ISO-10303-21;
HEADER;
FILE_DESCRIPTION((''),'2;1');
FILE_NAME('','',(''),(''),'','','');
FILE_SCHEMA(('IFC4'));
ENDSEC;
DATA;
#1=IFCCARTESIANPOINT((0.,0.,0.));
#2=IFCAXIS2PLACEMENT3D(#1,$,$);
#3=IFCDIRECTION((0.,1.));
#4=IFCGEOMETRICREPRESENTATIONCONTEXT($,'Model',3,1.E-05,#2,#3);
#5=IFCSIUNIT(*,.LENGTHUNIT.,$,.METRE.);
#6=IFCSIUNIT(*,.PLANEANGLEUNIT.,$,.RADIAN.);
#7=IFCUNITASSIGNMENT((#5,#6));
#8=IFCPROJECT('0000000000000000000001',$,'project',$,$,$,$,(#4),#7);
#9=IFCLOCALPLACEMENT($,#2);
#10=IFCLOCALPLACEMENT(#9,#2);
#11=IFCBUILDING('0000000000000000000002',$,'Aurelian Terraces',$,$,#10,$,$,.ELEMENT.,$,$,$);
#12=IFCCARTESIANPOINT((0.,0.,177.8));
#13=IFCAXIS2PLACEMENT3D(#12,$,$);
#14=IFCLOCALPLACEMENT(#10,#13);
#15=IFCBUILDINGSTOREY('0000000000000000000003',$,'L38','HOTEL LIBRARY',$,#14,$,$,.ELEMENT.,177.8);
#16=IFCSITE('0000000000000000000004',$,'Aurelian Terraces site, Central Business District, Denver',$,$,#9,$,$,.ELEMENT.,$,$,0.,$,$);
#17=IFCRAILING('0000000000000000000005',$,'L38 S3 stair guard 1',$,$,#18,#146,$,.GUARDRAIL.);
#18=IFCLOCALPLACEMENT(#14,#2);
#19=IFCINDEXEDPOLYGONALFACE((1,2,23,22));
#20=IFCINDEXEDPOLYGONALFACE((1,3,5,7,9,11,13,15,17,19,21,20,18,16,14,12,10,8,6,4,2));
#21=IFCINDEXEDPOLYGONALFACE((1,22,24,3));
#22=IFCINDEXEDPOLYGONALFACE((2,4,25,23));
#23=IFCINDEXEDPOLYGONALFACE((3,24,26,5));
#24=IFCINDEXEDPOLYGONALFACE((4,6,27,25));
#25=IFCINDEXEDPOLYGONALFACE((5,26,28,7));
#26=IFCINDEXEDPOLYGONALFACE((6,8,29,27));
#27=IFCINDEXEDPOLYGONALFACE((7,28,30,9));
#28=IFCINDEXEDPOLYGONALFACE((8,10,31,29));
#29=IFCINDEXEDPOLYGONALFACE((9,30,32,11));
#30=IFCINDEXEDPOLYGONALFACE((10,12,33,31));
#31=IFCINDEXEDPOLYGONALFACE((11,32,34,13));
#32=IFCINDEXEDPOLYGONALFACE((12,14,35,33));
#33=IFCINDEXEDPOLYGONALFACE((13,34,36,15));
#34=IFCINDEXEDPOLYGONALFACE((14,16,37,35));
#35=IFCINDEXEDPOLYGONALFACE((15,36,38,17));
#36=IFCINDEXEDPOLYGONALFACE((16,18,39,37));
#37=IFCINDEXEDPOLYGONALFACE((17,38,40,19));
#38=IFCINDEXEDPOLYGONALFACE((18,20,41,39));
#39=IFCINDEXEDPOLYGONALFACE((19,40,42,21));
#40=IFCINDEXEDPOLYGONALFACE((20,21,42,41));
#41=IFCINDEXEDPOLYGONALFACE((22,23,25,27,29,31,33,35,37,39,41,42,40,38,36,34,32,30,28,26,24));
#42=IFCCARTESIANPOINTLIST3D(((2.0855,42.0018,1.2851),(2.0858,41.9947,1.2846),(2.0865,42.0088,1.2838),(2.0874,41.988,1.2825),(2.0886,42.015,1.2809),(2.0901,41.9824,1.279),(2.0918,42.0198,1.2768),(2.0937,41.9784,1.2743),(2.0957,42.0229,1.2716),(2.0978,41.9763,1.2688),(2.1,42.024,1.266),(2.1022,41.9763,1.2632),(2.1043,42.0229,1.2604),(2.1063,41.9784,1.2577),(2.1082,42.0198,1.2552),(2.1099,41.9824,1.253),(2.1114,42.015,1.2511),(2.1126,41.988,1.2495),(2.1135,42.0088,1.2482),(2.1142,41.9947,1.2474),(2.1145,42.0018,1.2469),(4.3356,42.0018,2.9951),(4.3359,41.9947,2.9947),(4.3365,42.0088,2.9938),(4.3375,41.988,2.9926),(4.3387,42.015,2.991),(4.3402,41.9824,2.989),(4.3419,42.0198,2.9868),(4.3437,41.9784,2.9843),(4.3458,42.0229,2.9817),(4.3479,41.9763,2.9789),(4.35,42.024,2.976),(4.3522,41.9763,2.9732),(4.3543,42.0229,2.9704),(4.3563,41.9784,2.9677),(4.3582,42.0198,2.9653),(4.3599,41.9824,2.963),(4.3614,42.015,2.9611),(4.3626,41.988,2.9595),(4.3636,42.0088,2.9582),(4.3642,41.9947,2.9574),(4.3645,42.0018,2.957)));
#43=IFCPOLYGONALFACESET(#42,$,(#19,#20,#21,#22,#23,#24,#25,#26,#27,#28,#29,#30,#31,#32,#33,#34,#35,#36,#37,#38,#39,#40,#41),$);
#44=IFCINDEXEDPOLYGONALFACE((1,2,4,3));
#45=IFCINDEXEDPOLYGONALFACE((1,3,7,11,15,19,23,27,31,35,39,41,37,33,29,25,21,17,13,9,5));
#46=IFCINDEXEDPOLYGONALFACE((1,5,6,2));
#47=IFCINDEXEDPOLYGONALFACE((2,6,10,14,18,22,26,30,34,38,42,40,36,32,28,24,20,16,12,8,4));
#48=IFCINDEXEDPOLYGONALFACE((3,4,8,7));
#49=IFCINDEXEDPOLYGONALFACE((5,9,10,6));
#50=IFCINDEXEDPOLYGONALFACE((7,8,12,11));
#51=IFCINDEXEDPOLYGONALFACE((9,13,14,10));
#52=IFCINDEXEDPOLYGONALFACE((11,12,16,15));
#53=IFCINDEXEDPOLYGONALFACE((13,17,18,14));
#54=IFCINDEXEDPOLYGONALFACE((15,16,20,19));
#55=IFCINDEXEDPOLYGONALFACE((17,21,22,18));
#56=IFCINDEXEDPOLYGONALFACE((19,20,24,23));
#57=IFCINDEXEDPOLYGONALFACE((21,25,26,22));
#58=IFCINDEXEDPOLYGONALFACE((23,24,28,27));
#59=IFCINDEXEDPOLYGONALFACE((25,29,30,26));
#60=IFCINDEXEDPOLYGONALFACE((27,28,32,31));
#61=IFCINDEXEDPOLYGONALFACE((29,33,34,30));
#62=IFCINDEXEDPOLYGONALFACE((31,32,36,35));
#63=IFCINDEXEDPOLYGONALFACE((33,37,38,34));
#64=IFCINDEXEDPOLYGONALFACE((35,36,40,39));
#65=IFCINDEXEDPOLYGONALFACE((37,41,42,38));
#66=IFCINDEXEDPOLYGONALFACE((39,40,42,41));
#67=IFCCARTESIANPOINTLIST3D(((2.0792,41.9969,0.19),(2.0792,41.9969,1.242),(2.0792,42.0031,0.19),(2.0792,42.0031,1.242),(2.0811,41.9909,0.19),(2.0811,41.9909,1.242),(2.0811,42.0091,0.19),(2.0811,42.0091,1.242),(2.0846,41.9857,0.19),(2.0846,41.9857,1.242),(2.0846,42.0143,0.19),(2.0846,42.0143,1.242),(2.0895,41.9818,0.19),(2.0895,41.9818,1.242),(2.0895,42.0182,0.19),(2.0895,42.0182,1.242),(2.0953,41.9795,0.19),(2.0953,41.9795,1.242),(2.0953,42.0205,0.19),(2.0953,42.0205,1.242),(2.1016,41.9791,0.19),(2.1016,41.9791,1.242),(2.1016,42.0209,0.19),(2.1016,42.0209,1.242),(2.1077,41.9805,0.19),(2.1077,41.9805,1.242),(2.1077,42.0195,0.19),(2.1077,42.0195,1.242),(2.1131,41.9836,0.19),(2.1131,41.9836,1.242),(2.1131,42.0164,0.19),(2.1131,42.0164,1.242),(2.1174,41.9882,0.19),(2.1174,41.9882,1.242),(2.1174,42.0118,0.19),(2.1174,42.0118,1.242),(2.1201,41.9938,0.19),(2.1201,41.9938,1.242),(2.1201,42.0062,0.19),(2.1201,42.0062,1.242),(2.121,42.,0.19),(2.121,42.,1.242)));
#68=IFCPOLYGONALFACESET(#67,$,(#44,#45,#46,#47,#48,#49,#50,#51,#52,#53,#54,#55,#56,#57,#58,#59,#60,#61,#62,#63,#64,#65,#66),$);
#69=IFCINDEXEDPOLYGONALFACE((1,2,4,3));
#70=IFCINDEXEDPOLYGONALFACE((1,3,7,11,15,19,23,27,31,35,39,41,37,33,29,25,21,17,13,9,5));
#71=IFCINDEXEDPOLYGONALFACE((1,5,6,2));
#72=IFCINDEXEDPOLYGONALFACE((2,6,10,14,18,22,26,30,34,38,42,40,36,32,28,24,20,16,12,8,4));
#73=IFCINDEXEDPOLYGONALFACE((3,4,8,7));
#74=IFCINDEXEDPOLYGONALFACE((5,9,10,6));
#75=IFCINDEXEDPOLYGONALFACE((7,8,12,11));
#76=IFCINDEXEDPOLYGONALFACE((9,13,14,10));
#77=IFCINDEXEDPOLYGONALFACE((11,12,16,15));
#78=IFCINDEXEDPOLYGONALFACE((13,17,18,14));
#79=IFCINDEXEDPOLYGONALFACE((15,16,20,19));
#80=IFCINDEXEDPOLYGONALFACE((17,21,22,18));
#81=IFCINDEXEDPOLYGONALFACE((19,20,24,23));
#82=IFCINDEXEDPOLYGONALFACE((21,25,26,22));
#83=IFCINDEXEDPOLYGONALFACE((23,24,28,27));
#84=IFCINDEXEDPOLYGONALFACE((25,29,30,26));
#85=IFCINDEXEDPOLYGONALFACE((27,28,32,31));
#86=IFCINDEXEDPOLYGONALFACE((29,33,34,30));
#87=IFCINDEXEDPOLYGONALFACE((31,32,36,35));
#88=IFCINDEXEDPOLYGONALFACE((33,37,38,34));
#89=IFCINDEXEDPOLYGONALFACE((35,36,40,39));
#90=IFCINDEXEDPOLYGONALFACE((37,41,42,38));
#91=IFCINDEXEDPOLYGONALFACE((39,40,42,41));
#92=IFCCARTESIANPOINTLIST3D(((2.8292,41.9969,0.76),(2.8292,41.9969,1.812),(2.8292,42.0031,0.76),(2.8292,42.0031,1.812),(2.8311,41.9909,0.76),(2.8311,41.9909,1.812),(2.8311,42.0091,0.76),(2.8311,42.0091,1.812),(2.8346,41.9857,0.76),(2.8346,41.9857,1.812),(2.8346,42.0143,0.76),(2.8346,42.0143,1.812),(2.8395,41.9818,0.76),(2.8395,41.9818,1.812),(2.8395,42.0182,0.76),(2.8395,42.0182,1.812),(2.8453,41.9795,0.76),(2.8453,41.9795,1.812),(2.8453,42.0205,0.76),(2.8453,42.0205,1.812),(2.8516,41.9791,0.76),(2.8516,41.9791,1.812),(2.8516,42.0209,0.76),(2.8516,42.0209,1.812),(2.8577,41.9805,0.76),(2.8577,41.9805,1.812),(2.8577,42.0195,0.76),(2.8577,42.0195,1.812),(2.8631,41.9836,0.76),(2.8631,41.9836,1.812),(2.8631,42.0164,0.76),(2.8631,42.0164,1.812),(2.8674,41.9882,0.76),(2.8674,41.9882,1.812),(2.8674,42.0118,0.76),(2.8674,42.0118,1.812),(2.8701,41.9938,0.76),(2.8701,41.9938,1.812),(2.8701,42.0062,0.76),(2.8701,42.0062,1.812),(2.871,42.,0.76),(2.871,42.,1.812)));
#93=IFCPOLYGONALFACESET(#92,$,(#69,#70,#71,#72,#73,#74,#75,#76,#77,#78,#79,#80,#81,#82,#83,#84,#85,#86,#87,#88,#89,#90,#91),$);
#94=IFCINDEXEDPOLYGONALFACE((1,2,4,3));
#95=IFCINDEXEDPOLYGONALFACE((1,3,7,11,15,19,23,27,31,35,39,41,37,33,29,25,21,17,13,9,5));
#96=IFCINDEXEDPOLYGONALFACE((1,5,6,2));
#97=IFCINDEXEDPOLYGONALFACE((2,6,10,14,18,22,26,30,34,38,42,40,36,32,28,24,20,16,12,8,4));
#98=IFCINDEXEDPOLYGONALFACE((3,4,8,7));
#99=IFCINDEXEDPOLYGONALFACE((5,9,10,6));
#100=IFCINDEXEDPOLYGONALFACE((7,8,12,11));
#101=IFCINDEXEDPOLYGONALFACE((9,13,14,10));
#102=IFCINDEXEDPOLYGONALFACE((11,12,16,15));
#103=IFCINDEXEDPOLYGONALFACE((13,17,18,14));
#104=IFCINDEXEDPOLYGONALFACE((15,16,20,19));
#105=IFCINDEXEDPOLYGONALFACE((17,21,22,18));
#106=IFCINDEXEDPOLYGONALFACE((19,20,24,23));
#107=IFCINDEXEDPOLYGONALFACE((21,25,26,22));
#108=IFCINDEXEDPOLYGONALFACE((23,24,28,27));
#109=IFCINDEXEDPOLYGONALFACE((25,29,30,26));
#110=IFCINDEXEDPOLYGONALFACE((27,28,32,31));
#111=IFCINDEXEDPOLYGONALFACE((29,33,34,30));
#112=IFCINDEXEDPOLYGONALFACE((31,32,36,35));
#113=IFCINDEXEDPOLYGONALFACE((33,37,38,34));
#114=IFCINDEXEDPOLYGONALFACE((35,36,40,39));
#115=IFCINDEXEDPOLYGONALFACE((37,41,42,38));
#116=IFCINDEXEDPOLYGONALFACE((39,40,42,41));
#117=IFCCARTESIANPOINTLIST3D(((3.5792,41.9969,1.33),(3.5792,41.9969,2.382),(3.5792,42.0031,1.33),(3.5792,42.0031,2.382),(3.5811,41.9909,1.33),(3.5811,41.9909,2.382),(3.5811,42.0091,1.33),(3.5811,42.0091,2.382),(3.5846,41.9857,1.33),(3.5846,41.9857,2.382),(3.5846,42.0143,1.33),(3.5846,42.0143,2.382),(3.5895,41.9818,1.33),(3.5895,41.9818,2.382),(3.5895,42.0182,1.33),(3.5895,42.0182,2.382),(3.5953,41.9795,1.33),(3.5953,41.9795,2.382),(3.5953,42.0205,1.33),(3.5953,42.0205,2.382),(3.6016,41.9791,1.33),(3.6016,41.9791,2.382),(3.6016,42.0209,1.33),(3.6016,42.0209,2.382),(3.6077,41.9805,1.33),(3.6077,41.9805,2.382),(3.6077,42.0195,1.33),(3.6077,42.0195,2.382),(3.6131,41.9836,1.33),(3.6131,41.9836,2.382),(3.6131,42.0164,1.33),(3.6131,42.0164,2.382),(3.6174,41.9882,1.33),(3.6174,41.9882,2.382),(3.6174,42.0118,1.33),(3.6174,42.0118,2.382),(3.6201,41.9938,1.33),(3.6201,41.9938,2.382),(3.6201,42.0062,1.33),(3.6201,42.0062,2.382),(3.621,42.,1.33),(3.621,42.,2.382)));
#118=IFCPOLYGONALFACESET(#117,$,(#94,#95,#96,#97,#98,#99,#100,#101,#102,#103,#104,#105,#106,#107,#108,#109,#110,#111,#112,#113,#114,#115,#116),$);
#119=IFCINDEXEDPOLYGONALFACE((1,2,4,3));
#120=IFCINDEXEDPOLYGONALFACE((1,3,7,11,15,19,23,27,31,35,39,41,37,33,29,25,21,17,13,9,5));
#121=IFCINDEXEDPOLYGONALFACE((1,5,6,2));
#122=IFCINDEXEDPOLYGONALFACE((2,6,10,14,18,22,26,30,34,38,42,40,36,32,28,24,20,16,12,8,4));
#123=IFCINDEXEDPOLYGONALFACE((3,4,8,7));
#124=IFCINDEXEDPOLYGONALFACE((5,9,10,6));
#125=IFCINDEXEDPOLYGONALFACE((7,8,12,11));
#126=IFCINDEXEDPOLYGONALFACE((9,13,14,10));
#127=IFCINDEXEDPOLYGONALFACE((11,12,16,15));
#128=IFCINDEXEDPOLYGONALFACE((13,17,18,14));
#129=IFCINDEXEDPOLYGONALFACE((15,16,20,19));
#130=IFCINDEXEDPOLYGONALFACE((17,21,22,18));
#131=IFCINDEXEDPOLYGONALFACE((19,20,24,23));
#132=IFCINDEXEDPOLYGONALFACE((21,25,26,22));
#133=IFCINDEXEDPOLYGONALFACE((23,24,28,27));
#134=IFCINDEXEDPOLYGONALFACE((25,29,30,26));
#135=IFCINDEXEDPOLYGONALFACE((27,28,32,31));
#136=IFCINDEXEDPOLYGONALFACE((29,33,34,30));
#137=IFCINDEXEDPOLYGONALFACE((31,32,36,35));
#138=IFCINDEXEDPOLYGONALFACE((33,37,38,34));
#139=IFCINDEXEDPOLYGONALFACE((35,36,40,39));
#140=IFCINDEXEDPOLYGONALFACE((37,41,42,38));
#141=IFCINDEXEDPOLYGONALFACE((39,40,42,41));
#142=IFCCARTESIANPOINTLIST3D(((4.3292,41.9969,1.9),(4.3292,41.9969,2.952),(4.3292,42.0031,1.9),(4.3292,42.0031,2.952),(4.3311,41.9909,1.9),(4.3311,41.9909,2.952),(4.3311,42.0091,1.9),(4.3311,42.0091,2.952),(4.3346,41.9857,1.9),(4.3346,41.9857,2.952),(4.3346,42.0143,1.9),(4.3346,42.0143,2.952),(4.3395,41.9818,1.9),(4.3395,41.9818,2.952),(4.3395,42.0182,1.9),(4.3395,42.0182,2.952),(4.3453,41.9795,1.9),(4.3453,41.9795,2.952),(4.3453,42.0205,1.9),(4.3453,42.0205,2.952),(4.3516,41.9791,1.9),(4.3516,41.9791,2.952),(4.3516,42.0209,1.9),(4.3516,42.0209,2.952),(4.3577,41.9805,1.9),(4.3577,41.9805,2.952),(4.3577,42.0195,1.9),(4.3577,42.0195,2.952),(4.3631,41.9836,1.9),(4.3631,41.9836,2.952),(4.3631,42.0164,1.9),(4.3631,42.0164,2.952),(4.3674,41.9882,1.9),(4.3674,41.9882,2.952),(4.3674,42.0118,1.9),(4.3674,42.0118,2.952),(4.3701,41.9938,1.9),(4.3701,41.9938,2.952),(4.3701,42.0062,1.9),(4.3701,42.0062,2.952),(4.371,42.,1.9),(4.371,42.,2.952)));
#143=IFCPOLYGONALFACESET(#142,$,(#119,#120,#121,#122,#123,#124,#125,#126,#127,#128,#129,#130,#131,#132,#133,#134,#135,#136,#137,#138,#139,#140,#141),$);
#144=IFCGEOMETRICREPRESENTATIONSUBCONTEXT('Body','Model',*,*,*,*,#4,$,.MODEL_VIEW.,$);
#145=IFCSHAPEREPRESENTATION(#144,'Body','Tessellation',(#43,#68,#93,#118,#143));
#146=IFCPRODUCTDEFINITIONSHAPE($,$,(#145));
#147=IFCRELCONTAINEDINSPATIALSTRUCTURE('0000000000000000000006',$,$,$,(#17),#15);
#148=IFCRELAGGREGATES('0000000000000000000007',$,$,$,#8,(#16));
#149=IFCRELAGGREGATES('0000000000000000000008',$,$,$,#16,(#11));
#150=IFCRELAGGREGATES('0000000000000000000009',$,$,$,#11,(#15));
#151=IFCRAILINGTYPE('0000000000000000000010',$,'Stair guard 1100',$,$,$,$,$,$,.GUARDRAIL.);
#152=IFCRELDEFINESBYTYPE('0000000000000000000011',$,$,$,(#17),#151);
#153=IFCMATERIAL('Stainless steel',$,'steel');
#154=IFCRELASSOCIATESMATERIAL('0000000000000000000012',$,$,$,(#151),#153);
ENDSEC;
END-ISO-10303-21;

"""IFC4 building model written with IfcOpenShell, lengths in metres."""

from ifc_helpers import new_model, si_unit, direction, frame, origin, origin_2d, place, context, subcontext, project, spatial, circle, extrude, material, type_object, element, save


model = new_model("IFC4")

# Units and contexts
model_context = context("Model", 3, precision=1e-05, world=origin(), true_north=direction((0.0, 1.0)))
body_context = subcontext(model_context, "Body", "Model", "MODEL_VIEW")
ifc_project = project(units=[si_unit("LENGTHUNIT", "METRE"), si_unit("PLANEANGLEUNIT", "RADIAN")], contexts=[model_context])

# Site, building, storey
site_placement = place(None, origin())
site = spatial("IfcSite", under=ifc_project, at=site_placement, Name="Aurelian Terraces site, Central Business District, Denver", CompositionType="ELEMENT", RefElevation=0.0)
building_placement = place(site_placement, origin())
building = spatial("IfcBuilding", under=site, at=building_placement, Name="Aurelian Terraces", CompositionType="ELEMENT")
storey_placement = place(building_placement, frame((0.0, 0.0, 177.8)))
storey = spatial("IfcBuildingStorey", under=building, at=storey_placement, Name="L38", Description="HOTEL LIBRARY", CompositionType="ELEMENT", Elevation=177.8)

# Railing
ifc_material_1 = material(Name="Stainless steel", Category="steel")
railing_type_1 = type_object("IfcRailingType", Name="Stair guard 1100", PredefinedType="GUARDRAIL", material=ifc_material_1)
railing_1_placement = place(storey_placement, frame((2.1, 42.0, 0.19)))
element("IfcRailing", 1, at=railing_1_placement, inside=storey, type_object=railing_type_1, Name="L38 S3 stair guard 1", PredefinedType="GUARDRAIL", context=body_context, shape_type="SweptSolid", body=[
    extrude(circle(Radius=0.024, at=origin_2d()), frame((0.0, 0.0, 1.076), z_axis=(0.796162, 0.0, 0.605083), x_axis=(0.0, 1.0, 0.0)), (0.0, 0.0, 1.0), 2.8261),
    extrude(circle(Radius=0.021, at=origin_2d()), origin(), (0.0, 0.0, 1.0), 1.052),
    extrude(circle(Radius=0.021, at=origin_2d()), frame((0.75, 0.0, 0.57)), (0.0, 0.0, 1.0), 1.052),
    extrude(circle(Radius=0.021, at=origin_2d()), frame((1.5, 0.0, 1.14)), (0.0, 0.0, 1.0), 1.052),
    extrude(circle(Radius=0.021, at=origin_2d()), frame((2.25, 0.0, 1.71)), (0.0, 0.0, 1.0), 1.052),
])

save(model, "model.ifc")
